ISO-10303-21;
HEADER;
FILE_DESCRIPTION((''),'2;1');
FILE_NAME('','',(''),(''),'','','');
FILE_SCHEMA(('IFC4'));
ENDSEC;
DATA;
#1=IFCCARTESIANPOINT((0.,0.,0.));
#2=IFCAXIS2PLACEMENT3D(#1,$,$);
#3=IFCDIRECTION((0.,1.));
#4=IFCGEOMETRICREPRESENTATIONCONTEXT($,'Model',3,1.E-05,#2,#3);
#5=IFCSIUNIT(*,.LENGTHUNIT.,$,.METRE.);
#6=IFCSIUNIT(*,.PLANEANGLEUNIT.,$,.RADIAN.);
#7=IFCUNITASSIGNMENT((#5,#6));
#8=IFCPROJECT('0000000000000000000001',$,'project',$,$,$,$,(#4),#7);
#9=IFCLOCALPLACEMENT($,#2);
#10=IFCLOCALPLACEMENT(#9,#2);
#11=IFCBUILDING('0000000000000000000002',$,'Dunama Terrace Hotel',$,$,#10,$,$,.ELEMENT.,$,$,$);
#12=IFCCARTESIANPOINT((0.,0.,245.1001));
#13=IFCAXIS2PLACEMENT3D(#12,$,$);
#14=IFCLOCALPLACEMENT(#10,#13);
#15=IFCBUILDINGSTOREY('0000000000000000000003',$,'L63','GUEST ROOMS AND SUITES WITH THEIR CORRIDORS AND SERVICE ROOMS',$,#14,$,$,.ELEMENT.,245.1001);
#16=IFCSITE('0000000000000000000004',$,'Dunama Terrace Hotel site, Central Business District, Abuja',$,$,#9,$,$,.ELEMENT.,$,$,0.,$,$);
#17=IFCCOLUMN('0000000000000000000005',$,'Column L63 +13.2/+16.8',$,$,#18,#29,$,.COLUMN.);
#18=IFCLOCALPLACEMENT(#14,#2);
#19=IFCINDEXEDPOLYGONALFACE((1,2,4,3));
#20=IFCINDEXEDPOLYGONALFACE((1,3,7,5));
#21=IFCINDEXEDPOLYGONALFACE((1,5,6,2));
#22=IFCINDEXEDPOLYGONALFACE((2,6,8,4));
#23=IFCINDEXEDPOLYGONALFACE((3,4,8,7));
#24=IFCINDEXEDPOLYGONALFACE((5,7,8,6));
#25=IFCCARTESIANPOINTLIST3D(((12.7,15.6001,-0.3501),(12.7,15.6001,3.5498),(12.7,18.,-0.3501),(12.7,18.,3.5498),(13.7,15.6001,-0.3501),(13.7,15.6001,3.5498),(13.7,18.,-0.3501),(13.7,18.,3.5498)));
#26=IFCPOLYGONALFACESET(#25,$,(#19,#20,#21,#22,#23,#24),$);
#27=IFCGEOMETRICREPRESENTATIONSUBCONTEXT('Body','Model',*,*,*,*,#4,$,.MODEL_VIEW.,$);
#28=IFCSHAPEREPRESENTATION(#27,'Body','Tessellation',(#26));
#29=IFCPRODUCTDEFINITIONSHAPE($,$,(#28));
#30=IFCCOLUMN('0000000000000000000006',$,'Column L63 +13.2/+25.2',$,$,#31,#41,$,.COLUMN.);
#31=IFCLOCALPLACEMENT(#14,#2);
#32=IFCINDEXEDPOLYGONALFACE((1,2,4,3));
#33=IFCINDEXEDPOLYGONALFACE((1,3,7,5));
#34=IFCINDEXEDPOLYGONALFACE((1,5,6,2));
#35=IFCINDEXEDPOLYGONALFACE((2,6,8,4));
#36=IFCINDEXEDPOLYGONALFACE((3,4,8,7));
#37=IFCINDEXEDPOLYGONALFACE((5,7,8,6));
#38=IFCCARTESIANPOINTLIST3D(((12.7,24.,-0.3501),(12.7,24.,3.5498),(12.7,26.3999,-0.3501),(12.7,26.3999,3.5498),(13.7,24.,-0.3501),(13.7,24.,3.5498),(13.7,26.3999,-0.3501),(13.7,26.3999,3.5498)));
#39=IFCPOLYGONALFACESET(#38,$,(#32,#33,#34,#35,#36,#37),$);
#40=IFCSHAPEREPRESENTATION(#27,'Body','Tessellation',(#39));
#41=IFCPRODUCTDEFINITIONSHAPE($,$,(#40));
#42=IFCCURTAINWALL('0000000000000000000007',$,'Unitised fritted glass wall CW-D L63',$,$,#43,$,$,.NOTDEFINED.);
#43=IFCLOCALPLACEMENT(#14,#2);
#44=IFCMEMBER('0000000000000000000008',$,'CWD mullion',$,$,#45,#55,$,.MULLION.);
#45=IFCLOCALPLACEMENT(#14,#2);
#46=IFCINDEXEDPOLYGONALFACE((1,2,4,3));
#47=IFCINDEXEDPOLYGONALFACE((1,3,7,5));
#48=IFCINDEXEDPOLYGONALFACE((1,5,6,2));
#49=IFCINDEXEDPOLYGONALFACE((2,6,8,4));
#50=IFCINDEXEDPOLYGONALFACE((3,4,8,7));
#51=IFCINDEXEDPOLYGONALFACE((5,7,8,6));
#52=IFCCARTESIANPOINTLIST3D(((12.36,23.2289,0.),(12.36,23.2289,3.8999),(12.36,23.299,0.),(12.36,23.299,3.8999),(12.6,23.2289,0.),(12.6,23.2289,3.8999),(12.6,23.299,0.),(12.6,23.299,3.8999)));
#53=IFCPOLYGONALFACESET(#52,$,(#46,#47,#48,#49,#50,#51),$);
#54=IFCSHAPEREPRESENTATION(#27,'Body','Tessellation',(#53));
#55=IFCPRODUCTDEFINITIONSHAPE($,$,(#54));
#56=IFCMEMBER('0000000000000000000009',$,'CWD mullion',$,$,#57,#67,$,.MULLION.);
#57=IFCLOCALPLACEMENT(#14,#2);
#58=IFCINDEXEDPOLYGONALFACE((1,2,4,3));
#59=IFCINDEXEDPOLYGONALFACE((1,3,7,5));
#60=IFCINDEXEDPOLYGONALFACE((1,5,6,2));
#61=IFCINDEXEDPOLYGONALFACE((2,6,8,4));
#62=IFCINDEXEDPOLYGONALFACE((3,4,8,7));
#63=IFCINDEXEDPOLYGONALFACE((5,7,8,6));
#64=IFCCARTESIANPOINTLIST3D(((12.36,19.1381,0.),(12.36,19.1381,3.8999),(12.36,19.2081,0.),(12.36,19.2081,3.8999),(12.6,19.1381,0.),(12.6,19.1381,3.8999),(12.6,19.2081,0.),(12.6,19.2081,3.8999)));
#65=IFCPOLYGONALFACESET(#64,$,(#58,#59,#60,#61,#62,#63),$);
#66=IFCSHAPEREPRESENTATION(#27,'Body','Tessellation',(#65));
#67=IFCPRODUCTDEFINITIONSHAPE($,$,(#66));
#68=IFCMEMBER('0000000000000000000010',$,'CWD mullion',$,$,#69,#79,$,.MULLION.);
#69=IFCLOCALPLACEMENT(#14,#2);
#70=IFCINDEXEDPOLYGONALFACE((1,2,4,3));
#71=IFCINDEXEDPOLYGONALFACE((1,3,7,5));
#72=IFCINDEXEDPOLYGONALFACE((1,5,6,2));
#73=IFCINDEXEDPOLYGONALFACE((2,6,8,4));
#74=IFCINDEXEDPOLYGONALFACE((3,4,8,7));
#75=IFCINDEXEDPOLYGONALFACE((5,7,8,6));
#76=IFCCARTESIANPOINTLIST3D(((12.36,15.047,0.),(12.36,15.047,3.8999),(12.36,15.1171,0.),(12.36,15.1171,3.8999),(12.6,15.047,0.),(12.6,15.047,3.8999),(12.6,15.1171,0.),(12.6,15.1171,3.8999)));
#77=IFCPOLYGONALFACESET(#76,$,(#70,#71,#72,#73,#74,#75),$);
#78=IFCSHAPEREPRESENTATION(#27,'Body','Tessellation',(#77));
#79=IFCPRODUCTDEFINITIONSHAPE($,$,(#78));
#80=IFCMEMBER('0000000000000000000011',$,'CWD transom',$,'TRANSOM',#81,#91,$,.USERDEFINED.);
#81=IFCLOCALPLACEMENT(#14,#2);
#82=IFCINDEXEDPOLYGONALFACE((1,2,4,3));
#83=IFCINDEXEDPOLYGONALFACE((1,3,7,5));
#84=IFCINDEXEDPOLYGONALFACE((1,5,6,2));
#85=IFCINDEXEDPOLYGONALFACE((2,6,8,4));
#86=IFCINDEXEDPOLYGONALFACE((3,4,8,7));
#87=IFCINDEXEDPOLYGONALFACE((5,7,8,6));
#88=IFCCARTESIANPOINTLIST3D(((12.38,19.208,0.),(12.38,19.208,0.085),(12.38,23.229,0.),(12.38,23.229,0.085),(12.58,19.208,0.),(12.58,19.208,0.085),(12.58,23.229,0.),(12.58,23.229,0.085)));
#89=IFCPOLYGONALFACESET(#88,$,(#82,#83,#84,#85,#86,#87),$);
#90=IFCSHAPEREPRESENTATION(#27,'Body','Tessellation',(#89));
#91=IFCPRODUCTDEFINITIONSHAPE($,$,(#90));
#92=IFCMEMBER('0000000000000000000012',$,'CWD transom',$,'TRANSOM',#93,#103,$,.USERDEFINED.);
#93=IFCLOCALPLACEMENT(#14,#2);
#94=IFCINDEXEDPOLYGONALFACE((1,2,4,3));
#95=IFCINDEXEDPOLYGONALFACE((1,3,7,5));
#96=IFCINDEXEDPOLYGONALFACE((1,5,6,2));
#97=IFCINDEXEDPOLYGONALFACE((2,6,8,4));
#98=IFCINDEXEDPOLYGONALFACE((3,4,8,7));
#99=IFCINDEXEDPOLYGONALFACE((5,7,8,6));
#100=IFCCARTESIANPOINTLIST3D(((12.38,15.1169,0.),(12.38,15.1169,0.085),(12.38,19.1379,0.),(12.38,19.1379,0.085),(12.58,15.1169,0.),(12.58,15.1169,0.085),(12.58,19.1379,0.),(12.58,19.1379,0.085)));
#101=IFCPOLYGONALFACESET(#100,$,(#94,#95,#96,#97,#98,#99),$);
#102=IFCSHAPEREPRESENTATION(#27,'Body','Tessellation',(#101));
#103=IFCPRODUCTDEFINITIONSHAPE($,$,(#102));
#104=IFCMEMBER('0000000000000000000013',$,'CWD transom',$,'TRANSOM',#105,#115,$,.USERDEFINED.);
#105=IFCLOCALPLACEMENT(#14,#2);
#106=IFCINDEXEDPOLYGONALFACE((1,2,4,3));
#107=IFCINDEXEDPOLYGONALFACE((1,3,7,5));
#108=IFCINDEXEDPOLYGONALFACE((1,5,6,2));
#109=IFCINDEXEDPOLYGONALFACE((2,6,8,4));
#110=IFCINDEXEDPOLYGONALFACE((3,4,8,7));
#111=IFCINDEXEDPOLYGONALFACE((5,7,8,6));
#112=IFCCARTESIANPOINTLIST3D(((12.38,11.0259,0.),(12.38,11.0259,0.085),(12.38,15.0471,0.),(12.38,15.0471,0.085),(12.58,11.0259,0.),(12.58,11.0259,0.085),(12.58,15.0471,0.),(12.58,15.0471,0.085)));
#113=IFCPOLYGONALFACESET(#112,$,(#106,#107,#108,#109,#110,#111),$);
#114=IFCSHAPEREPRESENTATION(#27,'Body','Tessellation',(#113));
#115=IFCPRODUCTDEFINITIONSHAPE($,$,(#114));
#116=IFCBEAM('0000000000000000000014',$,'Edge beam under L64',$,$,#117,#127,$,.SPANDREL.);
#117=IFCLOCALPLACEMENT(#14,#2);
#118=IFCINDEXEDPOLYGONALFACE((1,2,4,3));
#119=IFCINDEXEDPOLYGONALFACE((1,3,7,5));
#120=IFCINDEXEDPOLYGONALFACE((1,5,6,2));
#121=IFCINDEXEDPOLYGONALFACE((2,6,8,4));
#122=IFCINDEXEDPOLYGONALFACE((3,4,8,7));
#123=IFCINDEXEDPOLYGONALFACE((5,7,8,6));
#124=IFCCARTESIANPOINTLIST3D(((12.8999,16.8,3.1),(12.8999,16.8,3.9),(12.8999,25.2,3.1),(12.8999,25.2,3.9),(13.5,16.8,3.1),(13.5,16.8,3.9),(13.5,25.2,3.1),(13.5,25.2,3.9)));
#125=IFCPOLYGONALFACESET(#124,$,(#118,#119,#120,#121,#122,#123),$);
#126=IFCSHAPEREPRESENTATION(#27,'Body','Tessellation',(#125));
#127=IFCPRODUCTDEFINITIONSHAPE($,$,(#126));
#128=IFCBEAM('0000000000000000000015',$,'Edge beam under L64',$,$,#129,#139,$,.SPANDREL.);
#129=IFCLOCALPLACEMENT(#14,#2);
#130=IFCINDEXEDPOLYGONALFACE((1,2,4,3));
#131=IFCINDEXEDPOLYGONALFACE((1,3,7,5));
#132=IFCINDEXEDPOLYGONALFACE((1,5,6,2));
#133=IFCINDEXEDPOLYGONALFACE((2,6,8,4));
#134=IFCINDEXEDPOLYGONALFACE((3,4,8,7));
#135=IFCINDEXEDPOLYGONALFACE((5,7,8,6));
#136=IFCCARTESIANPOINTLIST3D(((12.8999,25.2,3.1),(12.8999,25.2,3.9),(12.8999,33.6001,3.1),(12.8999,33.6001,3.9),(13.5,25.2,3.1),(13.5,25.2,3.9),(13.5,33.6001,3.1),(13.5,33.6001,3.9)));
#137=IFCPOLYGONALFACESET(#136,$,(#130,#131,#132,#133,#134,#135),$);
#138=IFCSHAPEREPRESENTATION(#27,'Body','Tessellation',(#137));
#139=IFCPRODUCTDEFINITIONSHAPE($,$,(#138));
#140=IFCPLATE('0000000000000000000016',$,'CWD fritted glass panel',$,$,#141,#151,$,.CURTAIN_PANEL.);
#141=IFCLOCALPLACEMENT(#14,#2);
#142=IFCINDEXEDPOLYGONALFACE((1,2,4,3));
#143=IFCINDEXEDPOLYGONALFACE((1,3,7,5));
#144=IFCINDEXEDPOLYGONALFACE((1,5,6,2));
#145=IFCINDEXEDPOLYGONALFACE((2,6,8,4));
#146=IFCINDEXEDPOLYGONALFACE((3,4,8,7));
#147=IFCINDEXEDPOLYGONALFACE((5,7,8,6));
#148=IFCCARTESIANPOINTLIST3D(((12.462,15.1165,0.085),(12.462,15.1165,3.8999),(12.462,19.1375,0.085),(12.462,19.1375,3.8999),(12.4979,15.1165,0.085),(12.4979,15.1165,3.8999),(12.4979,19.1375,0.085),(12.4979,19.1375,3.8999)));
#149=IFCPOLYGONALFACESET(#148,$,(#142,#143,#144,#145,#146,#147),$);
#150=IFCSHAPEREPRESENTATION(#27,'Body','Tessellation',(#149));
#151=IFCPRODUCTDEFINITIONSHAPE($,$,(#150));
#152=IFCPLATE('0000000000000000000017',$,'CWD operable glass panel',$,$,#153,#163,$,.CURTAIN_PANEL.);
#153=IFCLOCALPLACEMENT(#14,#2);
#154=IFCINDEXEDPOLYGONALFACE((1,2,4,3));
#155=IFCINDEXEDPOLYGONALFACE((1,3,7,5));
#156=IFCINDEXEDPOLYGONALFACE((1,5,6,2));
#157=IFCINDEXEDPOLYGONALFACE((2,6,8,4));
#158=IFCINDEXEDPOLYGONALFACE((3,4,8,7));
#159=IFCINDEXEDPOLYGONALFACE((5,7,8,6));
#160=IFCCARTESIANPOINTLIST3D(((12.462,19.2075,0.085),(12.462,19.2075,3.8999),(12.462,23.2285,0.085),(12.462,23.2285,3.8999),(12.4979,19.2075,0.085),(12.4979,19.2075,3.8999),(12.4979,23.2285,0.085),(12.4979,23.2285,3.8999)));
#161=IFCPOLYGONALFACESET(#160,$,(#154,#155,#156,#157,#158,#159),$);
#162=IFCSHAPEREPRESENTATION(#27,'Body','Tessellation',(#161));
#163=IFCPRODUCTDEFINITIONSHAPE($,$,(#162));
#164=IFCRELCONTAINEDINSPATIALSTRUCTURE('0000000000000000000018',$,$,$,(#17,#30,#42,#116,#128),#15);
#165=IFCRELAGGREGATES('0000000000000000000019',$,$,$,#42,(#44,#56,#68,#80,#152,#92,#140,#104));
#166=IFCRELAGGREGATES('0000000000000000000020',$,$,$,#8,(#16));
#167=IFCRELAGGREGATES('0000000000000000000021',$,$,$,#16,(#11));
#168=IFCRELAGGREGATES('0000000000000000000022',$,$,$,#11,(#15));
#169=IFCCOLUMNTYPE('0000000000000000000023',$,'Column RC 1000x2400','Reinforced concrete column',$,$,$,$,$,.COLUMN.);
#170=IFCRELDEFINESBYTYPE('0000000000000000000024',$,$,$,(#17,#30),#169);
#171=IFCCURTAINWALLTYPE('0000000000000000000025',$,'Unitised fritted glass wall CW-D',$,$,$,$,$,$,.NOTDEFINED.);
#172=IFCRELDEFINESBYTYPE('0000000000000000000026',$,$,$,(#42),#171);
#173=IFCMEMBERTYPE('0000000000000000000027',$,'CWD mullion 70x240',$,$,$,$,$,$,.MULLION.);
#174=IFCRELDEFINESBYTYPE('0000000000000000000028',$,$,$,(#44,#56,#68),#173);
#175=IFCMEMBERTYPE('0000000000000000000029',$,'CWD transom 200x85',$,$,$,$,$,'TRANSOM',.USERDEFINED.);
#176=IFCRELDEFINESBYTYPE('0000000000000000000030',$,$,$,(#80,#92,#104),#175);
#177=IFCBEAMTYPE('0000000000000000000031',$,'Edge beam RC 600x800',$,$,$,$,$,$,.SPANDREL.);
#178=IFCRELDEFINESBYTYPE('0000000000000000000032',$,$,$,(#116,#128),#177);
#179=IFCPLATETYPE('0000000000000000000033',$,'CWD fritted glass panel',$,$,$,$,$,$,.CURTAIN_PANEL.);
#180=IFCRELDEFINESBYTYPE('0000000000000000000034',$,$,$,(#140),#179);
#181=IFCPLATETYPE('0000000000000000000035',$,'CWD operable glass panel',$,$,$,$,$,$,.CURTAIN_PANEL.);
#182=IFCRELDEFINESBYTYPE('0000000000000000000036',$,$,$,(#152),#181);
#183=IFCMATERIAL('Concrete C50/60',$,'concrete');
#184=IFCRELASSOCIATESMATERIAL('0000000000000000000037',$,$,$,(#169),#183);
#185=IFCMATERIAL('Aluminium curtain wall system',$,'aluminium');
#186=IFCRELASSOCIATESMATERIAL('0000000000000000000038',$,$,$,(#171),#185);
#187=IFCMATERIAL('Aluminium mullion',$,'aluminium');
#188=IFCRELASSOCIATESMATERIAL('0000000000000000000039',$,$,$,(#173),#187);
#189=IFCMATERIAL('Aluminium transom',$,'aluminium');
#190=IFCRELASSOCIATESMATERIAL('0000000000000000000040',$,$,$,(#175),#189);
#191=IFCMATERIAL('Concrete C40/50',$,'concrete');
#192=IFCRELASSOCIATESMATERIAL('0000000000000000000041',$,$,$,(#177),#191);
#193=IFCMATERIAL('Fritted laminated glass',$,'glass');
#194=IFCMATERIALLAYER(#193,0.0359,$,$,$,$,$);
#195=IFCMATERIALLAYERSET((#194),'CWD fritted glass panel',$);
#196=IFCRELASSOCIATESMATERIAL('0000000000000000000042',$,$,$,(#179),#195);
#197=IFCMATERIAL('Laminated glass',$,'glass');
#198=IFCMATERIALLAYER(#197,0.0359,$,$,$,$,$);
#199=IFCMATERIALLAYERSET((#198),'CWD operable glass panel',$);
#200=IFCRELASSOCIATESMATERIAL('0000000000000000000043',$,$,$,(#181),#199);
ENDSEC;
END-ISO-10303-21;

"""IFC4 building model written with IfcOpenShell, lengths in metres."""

from ifc_helpers import new_model, si_unit, direction, frame, origin, origin_2d, place, context, subcontext, project, spatial, rectangle, extrude, material, layer, layer_set, material_profile, profile_set, type_object, element, aggregate, save


model = new_model("IFC4")

# Units and contexts
model_context = context("Model", 3, precision=1e-05, world=origin(), true_north=direction((0.0, 1.0)))
body_context = subcontext(model_context, "Body", "Model", "MODEL_VIEW")
ifc_project = project(units=[si_unit("LENGTHUNIT", "METRE"), si_unit("PLANEANGLEUNIT", "RADIAN")], contexts=[model_context])

# Site, building, storey
site_placement = place(None, origin())
site = spatial("IfcSite", under=ifc_project, at=site_placement, Name="Dunama Terrace Hotel site, Central Business District, Abuja", CompositionType="ELEMENT", RefElevation=0.0)
building_placement = place(site_placement, origin())
building = spatial("IfcBuilding", under=site, at=building_placement, Name="Dunama Terrace Hotel", CompositionType="ELEMENT")
storey_placement = place(building_placement, frame((0.0, 0.0, 245.1001)))
storey = spatial("IfcBuildingStorey", under=building, at=storey_placement, Name="L63", Description="GUEST ROOMS AND SUITES WITH THEIR CORRIDORS AND SERVICE ROOMS", CompositionType="ELEMENT", Elevation=245.1001)

# Columns
ifc_material_1 = material(Name="Concrete C50/60", Category="concrete")
ifc_material_profile_1 = material_profile(ifc_material_1, rectangle(XDim=1.0, YDim=2.3999, at=origin_2d()), Name="RC 1000x2400")
ifc_profile_set_1 = profile_set([ifc_material_profile_1], Name="Concrete C50/60")
column_type = type_object("IfcColumnType", Name="Column RC 1000x2400", Description="Reinforced concrete column", PredefinedType="COLUMN", material=ifc_profile_set_1)
for number, where, z_axis, x_axis, name in (
    (1, (13.2, 16.8, -0.3501), (0.0, 0.0, 1.0), (1.0, 0.0, 0.0), "Column L63 +13.2/+16.8"),
    (2, (13.2, 25.2, -0.3501), (0.0, 0.0, 1.0), (1.0, 0.0, 0.0), "Column L63 +13.2/+25.2"),
):
    element("IfcColumn", number, at=place(storey_placement, frame(where, z_axis=z_axis, x_axis=x_axis)), inside=storey, type_object=column_type, Name=name, PredefinedType="COLUMN", context=body_context, shape_type="SweptSolid", body=[
        extrude(rectangle(XDim=1.0, YDim=2.3999, at=origin_2d()), origin(), (0.0, 0.0, 1.0), 3.8999),
    ])

# Curtain wall, members
ifc_material_2 = material(Name="Aluminium curtain wall system", Category="aluminium")
curtain_wall_type = type_object("IfcCurtainWallType", Name="Unitised fritted glass wall CW-D", PredefinedType="NOTDEFINED", material=ifc_material_2)
curtain_wall_placement = place(storey_placement, origin())
curtain_wall = element("IfcCurtainWall", 3, at=curtain_wall_placement, inside=storey, type_object=curtain_wall_type, Name="Unitised fritted glass wall CW-D L63", PredefinedType="NOTDEFINED")
ifc_material_3 = material(Name="Aluminium mullion", Category="aluminium")
ifc_material_profile_2 = material_profile(ifc_material_3, rectangle(XDim=0.0701, YDim=0.24, at=origin_2d()), Name="CWD MULLION 70X240")
ifc_profile_set_2 = profile_set([ifc_material_profile_2], Name="Aluminium mullion")
member_type_1 = type_object("IfcMemberType", Name="CWD mullion 70x240", PredefinedType="MULLION", material=ifc_profile_set_2)
member_1_placement = place(storey_placement, frame((12.48, 23.2639, 0.0), z_axis=(0.0, 0.0, 1.0), x_axis=(0.0, -1.0, 0.0)))
member_1 = element("IfcMember", 4, at=member_1_placement, type_object=member_type_1, Name="CWD mullion", PredefinedType="MULLION", context=body_context, shape_type="SweptSolid", body=[
    extrude(rectangle(XDim=0.0701, YDim=0.24, at=origin_2d()), origin(), (0.0, 0.0, 1.0), 3.8999),
])
member_2_placement = place(storey_placement, frame((12.48, 19.1731, 0.0), z_axis=(0.0, 0.0, 1.0), x_axis=(0.0, -1.0, 0.0)))
member_2 = element("IfcMember", 5, at=member_2_placement, type_object=member_type_1, Name="CWD mullion", PredefinedType="MULLION", context=body_context, shape_type="SweptSolid", body=[
    extrude(rectangle(XDim=0.0701, YDim=0.24, at=origin_2d()), origin(), (0.0, 0.0, 1.0), 3.8999),
])
member_3_placement = place(storey_placement, frame((12.48, 15.082, 0.0), z_axis=(0.0, 0.0, 1.0), x_axis=(0.0, -1.0, 0.0)))
member_3 = element("IfcMember", 6, at=member_3_placement, type_object=member_type_1, Name="CWD mullion", PredefinedType="MULLION", context=body_context, shape_type="SweptSolid", body=[
    extrude(rectangle(XDim=0.0701, YDim=0.24, at=origin_2d()), origin(), (0.0, 0.0, 1.0), 3.8999),
])
ifc_material_4 = material(Name="Aluminium transom", Category="aluminium")
ifc_material_profile_3 = material_profile(ifc_material_4, rectangle(XDim=0.2, YDim=0.085, at=origin_2d()), Name="CWD TRANSOM 200X85")
ifc_profile_set_3 = profile_set([ifc_material_profile_3], Name="Aluminium transom")
member_type_2 = type_object("IfcMemberType", Name="CWD transom 200x85", ElementType="TRANSOM", PredefinedType="USERDEFINED", material=ifc_profile_set_3)
member_4_placement = place(storey_placement, frame((12.48, 23.229, 0.0425), z_axis=(0.0, -1.0, 0.0), x_axis=(1.0, 0.0, 0.0)))
member_4 = element("IfcMember", 7, at=member_4_placement, type_object=member_type_2, Name="CWD transom", ObjectType="TRANSOM", PredefinedType="USERDEFINED", context=body_context, shape_type="SweptSolid", body=[
    extrude(rectangle(XDim=0.2, YDim=0.085, at=origin_2d()), origin(), (0.0, 0.0, 1.0), 4.021),
])
member_5_placement = place(storey_placement, frame((12.48, 19.1379, 0.0425), z_axis=(0.0, -1.0, 0.0), x_axis=(1.0, 0.0, 0.0)))
member_5 = element("IfcMember", 8, at=member_5_placement, type_object=member_type_2, Name="CWD transom", ObjectType="TRANSOM", PredefinedType="USERDEFINED", context=body_context, shape_type="SweptSolid", body=[
    extrude(rectangle(XDim=0.2, YDim=0.085, at=origin_2d()), origin(), (0.0, 0.0, 1.0), 4.021),
])
member_6_placement = place(storey_placement, frame((12.48, 15.0471, 0.0425), z_axis=(0.0, -1.0, 0.0), x_axis=(1.0, 0.0, 0.0)))
member_6 = element("IfcMember", 9, at=member_6_placement, type_object=member_type_2, Name="CWD transom", ObjectType="TRANSOM", PredefinedType="USERDEFINED", context=body_context, shape_type="SweptSolid", body=[
    extrude(rectangle(XDim=0.2, YDim=0.085, at=origin_2d()), origin(), (0.0, 0.0, 1.0), 4.0212),
])

# Beams
ifc_material_5 = material(Name="Concrete C40/50", Category="concrete")
ifc_material_profile_4 = material_profile(ifc_material_5, rectangle(XDim=0.6001, YDim=0.8, at=origin_2d()), Name="RC 600x800")
ifc_profile_set_4 = profile_set([ifc_material_profile_4], Name="Concrete C40/50")
beam_type = type_object("IfcBeamType", Name="Edge beam RC 600x800", PredefinedType="SPANDREL", material=ifc_profile_set_4)
beam_1_placement = place(storey_placement, frame((13.2, 16.8, 3.5), z_axis=(0.0, 1.0, 0.0), x_axis=(-1.0, 0.0, 0.0)))
element("IfcBeam", 10, at=beam_1_placement, inside=storey, type_object=beam_type, Name="Edge beam under L64", PredefinedType="SPANDREL", context=body_context, shape_type="SweptSolid", body=[
    extrude(rectangle(XDim=0.6001, YDim=0.8, at=origin_2d()), origin(), (0.0, 0.0, 1.0), 8.3999),
])
beam_2_placement = place(storey_placement, frame((13.2, 25.2, 3.5), z_axis=(0.0, 1.0, 0.0), x_axis=(-1.0, 0.0, 0.0)))
element("IfcBeam", 11, at=beam_2_placement, inside=storey, type_object=beam_type, Name="Edge beam under L64", PredefinedType="SPANDREL", context=body_context, shape_type="SweptSolid", body=[
    extrude(rectangle(XDim=0.6001, YDim=0.8, at=origin_2d()), origin(), (0.0, 0.0, 1.0), 8.4001),
])

# Plates
ifc_material_6 = material(Name="Fritted laminated glass", Category="glass")
ifc_layer_1 = layer(ifc_material_6, 0.0359)
ifc_layer_set_1 = layer_set([ifc_layer_1], Name="CWD fritted glass panel")
plate_type_1 = type_object("IfcPlateType", Name="CWD fritted glass panel", PredefinedType="CURTAIN_PANEL", material=ifc_layer_set_1)
plate_1_placement = place(storey_placement, frame((12.48, 17.127, 0.085), z_axis=(0.0, 0.0, 1.0), x_axis=(0.0, -1.0, 0.0)))
plate_1 = element("IfcPlate", 12, at=plate_1_placement, type_object=plate_type_1, Name="CWD fritted glass panel", PredefinedType="CURTAIN_PANEL", context=body_context, shape_type="SweptSolid", body=[
    extrude(rectangle(XDim=4.021, YDim=0.0359, at=origin_2d()), origin(), (0.0, 0.0, 1.0), 3.8149),
])
ifc_material_7 = material(Name="Laminated glass", Category="glass")
ifc_layer_2 = layer(ifc_material_7, 0.0359)
ifc_layer_set_2 = layer_set([ifc_layer_2], Name="CWD operable glass panel")
plate_type_2 = type_object("IfcPlateType", Name="CWD operable glass panel", PredefinedType="CURTAIN_PANEL", material=ifc_layer_set_2)
plate_2_placement = place(storey_placement, frame((12.48, 21.218, 0.085), z_axis=(0.0, 0.0, 1.0), x_axis=(0.0, -1.0, 0.0)))
plate_2 = element("IfcPlate", 13, at=plate_2_placement, type_object=plate_type_2, Name="CWD operable glass panel", PredefinedType="CURTAIN_PANEL", context=body_context, shape_type="SweptSolid", body=[
    extrude(rectangle(XDim=4.021, YDim=0.0359, at=origin_2d()), origin(), (0.0, 0.0, 1.0), 3.8149),
])
aggregate(curtain_wall, [member_1, member_2, member_3, member_4, plate_2, member_5, plate_1, member_6])

save(model, "model.ifc")
